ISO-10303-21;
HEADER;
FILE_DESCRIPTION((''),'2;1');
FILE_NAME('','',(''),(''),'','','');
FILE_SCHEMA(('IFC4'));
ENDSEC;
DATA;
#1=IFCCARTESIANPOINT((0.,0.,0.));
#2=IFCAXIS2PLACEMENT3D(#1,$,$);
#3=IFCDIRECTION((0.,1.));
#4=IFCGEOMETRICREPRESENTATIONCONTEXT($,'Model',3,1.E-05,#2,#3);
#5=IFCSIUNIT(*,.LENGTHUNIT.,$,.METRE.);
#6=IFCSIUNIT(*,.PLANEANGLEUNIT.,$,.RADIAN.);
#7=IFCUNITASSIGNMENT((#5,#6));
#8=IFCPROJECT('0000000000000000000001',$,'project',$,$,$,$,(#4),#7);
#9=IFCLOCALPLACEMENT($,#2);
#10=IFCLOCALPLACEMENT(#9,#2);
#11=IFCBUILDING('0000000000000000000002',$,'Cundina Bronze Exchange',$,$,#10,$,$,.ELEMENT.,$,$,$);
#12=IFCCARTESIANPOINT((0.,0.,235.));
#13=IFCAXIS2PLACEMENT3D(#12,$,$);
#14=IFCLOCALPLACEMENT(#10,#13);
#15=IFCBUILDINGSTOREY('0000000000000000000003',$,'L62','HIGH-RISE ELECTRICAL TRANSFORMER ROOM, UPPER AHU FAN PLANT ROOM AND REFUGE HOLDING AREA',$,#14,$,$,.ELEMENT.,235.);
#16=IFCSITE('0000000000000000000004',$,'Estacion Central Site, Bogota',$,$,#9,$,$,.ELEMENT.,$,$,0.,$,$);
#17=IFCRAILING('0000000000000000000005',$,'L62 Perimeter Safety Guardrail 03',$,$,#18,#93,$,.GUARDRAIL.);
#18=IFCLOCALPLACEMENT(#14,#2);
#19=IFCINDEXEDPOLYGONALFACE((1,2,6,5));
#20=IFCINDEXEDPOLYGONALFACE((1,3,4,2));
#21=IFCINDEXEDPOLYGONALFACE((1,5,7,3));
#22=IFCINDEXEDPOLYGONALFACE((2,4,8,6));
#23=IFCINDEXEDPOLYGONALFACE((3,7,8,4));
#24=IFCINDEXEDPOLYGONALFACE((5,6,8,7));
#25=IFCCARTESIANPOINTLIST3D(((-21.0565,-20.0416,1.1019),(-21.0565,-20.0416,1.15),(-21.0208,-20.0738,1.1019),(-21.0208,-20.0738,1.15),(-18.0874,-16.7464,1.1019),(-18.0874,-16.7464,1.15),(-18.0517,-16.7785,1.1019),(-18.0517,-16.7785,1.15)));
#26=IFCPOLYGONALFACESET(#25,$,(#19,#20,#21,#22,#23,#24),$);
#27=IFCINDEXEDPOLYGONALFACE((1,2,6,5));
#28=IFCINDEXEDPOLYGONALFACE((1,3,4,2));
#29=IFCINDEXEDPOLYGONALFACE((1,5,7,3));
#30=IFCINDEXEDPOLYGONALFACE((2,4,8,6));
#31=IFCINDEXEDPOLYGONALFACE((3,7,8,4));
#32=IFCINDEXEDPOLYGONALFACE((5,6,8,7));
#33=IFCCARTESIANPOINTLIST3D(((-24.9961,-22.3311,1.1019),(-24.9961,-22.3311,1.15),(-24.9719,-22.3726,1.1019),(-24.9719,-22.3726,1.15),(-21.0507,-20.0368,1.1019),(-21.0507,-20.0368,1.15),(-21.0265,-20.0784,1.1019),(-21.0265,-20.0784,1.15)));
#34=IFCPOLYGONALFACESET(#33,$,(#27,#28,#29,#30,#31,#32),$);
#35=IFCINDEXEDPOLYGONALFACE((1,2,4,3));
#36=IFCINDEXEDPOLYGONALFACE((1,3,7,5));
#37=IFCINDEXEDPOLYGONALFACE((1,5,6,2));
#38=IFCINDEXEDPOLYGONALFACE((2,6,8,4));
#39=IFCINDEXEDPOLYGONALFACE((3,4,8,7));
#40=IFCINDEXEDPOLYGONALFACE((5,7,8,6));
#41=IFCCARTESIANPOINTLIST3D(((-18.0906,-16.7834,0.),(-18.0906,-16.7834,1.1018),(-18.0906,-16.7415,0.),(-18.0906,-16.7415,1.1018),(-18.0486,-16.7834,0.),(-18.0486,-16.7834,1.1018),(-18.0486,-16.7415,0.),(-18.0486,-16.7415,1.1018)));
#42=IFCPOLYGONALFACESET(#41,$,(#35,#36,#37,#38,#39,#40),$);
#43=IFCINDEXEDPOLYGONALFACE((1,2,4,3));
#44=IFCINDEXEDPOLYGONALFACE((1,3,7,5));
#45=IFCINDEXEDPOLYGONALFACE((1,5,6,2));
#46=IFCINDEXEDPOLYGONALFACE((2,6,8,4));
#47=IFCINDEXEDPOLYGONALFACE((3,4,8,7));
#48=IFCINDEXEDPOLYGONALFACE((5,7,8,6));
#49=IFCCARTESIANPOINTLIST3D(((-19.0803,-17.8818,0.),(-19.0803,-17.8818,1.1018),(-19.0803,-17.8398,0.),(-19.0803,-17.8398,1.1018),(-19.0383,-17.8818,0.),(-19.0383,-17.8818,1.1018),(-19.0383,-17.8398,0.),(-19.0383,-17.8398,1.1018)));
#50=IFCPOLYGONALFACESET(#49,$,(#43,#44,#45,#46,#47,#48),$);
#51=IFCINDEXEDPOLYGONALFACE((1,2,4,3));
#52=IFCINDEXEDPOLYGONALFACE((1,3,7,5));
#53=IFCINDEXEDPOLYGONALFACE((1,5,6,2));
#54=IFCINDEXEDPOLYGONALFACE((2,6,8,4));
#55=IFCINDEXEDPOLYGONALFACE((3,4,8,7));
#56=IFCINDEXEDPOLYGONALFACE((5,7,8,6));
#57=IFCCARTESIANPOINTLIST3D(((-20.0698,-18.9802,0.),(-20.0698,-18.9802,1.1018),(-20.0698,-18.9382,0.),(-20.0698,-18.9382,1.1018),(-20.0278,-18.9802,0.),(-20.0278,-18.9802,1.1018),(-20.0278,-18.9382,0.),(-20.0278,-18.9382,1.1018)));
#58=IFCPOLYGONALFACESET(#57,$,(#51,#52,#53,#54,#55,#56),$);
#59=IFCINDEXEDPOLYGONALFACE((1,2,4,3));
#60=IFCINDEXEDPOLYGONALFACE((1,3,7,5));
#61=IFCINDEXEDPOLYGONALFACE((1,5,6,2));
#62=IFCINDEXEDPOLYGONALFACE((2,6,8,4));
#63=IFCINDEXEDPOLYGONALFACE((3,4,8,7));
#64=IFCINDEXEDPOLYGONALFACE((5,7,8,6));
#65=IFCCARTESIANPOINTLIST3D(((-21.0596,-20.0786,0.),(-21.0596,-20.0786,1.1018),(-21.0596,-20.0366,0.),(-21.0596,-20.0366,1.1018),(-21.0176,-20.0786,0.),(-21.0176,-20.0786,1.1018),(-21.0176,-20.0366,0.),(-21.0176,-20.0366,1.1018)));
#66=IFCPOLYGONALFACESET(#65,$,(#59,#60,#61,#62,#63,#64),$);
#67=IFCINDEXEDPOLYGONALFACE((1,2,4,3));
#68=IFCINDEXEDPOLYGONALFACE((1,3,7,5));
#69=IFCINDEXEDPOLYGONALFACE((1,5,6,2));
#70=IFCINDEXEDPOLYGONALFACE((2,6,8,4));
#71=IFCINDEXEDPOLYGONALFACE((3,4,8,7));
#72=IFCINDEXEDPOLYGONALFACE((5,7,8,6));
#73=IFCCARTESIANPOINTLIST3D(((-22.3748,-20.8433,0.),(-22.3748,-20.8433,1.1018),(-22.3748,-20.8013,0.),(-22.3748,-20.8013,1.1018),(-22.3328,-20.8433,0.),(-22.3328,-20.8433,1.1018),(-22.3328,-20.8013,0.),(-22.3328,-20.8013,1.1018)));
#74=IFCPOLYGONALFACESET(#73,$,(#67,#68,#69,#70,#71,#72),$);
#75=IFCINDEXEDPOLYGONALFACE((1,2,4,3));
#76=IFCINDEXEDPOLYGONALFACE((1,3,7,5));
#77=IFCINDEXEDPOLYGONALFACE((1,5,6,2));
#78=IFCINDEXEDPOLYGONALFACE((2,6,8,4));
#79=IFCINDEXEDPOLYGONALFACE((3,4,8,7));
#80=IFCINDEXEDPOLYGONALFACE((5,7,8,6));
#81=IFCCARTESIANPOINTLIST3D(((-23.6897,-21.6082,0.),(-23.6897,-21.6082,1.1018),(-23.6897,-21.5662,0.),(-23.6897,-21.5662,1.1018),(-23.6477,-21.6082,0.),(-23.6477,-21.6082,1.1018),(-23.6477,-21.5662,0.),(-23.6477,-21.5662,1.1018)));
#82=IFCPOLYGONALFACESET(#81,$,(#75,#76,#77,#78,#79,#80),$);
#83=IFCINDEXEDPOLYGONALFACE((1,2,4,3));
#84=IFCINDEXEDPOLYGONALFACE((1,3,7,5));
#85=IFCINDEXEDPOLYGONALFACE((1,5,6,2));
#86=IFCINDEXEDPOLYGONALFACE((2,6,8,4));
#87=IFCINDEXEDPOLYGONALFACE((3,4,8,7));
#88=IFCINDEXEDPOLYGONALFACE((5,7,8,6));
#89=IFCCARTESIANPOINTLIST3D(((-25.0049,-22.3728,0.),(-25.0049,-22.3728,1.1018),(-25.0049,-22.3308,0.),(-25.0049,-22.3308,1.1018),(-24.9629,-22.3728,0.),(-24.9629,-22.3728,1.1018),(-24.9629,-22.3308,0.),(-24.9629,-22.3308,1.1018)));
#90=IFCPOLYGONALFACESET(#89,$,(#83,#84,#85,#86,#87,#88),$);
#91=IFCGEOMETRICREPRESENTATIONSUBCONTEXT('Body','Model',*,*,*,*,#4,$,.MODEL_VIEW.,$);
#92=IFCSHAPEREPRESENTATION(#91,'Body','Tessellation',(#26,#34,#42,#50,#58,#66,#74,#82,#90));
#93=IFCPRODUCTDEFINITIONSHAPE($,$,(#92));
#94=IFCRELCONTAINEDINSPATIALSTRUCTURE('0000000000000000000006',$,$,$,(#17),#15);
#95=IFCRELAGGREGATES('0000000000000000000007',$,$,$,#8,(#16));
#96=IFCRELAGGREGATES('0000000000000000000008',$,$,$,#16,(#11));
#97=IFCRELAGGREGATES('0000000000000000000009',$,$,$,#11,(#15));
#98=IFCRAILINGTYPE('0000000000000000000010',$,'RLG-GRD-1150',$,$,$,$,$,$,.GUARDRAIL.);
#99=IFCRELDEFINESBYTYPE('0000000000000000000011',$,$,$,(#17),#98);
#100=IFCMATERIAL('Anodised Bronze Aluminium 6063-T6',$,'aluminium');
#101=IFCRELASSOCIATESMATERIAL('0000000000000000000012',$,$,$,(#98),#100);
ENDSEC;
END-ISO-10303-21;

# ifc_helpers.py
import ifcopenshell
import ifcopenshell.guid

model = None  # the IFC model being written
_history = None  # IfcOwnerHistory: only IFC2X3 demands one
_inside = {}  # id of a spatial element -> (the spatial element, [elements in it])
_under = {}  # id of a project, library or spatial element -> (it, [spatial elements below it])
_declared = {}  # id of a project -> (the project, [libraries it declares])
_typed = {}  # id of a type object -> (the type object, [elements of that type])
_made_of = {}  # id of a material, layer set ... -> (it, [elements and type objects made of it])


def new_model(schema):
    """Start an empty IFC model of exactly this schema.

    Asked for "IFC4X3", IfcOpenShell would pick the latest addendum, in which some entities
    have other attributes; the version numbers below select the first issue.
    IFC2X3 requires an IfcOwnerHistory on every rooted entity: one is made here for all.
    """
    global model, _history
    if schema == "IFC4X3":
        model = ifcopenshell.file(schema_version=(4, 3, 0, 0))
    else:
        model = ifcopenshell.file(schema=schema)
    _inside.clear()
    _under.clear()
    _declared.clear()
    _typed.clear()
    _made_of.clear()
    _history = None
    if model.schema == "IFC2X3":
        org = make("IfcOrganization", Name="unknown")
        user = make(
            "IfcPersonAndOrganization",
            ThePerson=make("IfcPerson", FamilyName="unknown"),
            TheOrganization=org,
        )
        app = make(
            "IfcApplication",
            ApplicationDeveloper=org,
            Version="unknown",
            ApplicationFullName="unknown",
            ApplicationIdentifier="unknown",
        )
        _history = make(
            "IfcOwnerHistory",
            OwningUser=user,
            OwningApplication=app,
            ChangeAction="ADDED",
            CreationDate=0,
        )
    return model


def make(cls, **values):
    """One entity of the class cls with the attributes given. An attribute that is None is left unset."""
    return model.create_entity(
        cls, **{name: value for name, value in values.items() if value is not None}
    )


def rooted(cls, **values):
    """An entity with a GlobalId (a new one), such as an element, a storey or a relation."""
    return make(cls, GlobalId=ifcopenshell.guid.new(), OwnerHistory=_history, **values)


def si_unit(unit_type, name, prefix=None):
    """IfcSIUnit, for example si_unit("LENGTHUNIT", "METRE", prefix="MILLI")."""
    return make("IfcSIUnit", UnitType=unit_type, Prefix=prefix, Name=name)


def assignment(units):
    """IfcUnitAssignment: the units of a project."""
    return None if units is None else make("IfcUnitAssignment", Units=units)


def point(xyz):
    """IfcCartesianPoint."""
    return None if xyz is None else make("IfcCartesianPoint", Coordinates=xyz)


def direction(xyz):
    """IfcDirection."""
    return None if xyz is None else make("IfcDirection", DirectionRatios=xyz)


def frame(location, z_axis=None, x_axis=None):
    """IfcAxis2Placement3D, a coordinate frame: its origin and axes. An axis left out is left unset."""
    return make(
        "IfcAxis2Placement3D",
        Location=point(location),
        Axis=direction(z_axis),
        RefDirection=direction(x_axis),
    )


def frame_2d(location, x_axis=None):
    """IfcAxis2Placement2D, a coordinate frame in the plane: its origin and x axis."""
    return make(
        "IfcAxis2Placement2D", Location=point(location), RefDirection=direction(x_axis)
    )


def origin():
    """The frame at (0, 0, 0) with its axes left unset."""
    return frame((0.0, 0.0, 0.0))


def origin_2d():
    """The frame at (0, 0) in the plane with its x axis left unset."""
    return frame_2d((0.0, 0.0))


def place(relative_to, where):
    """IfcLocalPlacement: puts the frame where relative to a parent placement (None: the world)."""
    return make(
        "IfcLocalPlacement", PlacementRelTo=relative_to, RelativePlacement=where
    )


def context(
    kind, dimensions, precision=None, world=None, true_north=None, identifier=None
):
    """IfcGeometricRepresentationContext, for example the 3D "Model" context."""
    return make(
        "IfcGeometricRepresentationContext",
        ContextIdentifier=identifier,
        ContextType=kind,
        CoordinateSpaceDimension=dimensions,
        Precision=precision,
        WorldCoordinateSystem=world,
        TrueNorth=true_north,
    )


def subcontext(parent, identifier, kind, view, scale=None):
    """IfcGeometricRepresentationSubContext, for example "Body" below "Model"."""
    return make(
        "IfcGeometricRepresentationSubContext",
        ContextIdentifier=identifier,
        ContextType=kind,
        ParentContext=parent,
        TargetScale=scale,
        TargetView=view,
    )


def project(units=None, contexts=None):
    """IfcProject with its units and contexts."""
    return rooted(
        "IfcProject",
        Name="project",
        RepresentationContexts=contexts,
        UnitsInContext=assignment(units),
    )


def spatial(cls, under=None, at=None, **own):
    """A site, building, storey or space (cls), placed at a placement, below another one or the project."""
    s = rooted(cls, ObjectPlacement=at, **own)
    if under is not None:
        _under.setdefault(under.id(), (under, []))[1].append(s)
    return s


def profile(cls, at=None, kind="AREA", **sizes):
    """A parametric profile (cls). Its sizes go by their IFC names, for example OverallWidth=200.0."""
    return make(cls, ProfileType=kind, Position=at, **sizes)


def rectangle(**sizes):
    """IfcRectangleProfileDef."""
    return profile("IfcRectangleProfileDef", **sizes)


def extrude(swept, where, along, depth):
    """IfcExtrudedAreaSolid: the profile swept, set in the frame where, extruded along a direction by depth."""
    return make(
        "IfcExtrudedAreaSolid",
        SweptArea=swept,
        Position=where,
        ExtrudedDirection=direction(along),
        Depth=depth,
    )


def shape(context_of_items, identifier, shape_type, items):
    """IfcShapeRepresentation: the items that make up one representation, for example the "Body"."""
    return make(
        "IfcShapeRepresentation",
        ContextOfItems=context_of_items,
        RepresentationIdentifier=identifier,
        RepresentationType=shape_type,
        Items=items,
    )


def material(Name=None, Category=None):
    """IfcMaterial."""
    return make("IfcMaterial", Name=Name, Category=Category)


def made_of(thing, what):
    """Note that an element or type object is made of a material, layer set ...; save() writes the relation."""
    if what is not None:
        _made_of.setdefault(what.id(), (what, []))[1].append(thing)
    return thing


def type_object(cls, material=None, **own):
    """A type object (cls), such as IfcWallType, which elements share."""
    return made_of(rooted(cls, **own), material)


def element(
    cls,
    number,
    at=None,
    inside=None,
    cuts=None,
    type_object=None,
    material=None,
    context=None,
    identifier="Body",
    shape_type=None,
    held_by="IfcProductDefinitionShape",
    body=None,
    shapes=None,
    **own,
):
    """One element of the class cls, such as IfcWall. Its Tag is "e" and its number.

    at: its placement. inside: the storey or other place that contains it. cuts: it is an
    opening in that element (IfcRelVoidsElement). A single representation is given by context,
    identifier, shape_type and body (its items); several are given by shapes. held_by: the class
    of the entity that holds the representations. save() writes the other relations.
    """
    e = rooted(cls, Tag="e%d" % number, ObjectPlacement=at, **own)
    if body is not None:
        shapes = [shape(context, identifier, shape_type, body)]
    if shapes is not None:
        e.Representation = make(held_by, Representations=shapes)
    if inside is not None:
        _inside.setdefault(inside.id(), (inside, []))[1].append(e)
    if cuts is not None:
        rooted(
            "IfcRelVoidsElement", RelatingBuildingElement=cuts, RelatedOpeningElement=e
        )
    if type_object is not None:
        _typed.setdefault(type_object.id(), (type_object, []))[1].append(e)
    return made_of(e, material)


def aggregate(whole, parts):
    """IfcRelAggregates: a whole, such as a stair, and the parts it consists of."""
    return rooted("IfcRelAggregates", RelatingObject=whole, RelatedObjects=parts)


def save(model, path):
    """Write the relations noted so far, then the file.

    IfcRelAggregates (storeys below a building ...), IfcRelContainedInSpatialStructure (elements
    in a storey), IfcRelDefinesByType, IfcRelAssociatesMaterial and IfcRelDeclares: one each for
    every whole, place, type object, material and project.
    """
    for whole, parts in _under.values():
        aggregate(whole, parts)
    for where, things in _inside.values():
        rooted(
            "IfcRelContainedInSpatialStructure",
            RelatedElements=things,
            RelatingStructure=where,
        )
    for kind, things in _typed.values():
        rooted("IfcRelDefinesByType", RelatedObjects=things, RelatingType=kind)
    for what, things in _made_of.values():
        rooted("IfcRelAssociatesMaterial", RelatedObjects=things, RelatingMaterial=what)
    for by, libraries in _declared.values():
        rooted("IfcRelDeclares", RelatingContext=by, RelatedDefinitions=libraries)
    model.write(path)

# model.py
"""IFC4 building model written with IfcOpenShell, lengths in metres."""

from ifc_helpers import new_model, si_unit, direction, frame, origin, origin_2d, place, context, subcontext, project, spatial, rectangle, extrude, material, type_object, element, save


model = new_model("IFC4")

# Units and contexts
model_context = context("Model", 3, precision=1e-05, world=origin(), true_north=direction((0.0, 1.0)))
body_context = subcontext(model_context, "Body", "Model", "MODEL_VIEW")
ifc_project = project(units=[si_unit("LENGTHUNIT", "METRE"), si_unit("PLANEANGLEUNIT", "RADIAN")], contexts=[model_context])

# Site, building, storey
site_placement = place(None, origin())
site = spatial("IfcSite", under=ifc_project, at=site_placement, Name="Estacion Central Site, Bogota", CompositionType="ELEMENT", RefElevation=0.0)
building_placement = place(site_placement, origin())
building = spatial("IfcBuilding", under=site, at=building_placement, Name="Cundina Bronze Exchange", CompositionType="ELEMENT")
storey_placement = place(building_placement, frame((0.0, 0.0, 235.0)))
storey = spatial("IfcBuildingStorey", under=building, at=storey_placement, Name="L62", Description="HIGH-RISE ELECTRICAL TRANSFORMER ROOM, UPPER AHU FAN PLANT ROOM AND REFUGE HOLDING AREA", CompositionType="ELEMENT", Elevation=235.0)

# Railing
ifc_material_1 = material(Name="Anodised Bronze Aluminium 6063-T6", Category="aluminium")
railing_type = type_object("IfcRailingType", Name="RLG-GRD-1150", PredefinedType="GUARDRAIL", material=ifc_material_1)
railing_1_placement = place(storey_placement, frame((-18.0696, -16.7625, 0.0)))
element("IfcRailing", 1, at=railing_1_placement, inside=storey, type_object=railing_type, Name="L62 Perimeter Safety Guardrail 03", PredefinedType="GUARDRAIL", context=body_context, shape_type="SweptSolid", body=[
    extrude(rectangle(XDim=0.0481, YDim=0.0481, at=origin_2d()), frame((0.0, 0.0, 1.126), z_axis=(-0.669381, -0.742919, 0.0), x_axis=(0.742919, -0.669381, 0.0)), (0.0, 0.0, 1.0), 4.4355),
    extrude(rectangle(XDim=0.0481, YDim=0.0481, at=origin_2d()), frame((-2.969, -3.2952, 1.126), z_axis=(-0.864469, -0.502686, 0.0), x_axis=(0.502686, -0.864469, 0.0)), (0.0, 0.0, 1.0), 4.564),
    extrude(rectangle(XDim=0.042, YDim=0.042, at=origin_2d()), origin(), (0.0, 0.0, 1.0), 1.1018),
    extrude(rectangle(XDim=0.042, YDim=0.042, at=origin_2d()), frame((-0.9897, -1.0984, 0.0)), (0.0, 0.0, 1.0), 1.1018),
    extrude(rectangle(XDim=0.042, YDim=0.042, at=origin_2d()), frame((-1.9792, -2.1968, 0.0)), (0.0, 0.0, 1.0), 1.1018),
    extrude(rectangle(XDim=0.042, YDim=0.042, at=origin_2d()), frame((-2.969, -3.2952, 0.0)), (0.0, 0.0, 1.0), 1.1018),
    extrude(rectangle(XDim=0.042, YDim=0.042, at=origin_2d()), frame((-4.2842, -4.0598, 0.0)), (0.0, 0.0, 1.0), 1.1018),
    extrude(rectangle(XDim=0.042, YDim=0.042, at=origin_2d()), frame((-5.5991, -4.8247, 0.0)), (0.0, 0.0, 1.0), 1.1018),
    extrude(rectangle(XDim=0.042, YDim=0.042, at=origin_2d()), frame((-6.9143, -5.5894, 0.0)), (0.0, 0.0, 1.0), 1.1018),
])

save(model, "model.ifc")
